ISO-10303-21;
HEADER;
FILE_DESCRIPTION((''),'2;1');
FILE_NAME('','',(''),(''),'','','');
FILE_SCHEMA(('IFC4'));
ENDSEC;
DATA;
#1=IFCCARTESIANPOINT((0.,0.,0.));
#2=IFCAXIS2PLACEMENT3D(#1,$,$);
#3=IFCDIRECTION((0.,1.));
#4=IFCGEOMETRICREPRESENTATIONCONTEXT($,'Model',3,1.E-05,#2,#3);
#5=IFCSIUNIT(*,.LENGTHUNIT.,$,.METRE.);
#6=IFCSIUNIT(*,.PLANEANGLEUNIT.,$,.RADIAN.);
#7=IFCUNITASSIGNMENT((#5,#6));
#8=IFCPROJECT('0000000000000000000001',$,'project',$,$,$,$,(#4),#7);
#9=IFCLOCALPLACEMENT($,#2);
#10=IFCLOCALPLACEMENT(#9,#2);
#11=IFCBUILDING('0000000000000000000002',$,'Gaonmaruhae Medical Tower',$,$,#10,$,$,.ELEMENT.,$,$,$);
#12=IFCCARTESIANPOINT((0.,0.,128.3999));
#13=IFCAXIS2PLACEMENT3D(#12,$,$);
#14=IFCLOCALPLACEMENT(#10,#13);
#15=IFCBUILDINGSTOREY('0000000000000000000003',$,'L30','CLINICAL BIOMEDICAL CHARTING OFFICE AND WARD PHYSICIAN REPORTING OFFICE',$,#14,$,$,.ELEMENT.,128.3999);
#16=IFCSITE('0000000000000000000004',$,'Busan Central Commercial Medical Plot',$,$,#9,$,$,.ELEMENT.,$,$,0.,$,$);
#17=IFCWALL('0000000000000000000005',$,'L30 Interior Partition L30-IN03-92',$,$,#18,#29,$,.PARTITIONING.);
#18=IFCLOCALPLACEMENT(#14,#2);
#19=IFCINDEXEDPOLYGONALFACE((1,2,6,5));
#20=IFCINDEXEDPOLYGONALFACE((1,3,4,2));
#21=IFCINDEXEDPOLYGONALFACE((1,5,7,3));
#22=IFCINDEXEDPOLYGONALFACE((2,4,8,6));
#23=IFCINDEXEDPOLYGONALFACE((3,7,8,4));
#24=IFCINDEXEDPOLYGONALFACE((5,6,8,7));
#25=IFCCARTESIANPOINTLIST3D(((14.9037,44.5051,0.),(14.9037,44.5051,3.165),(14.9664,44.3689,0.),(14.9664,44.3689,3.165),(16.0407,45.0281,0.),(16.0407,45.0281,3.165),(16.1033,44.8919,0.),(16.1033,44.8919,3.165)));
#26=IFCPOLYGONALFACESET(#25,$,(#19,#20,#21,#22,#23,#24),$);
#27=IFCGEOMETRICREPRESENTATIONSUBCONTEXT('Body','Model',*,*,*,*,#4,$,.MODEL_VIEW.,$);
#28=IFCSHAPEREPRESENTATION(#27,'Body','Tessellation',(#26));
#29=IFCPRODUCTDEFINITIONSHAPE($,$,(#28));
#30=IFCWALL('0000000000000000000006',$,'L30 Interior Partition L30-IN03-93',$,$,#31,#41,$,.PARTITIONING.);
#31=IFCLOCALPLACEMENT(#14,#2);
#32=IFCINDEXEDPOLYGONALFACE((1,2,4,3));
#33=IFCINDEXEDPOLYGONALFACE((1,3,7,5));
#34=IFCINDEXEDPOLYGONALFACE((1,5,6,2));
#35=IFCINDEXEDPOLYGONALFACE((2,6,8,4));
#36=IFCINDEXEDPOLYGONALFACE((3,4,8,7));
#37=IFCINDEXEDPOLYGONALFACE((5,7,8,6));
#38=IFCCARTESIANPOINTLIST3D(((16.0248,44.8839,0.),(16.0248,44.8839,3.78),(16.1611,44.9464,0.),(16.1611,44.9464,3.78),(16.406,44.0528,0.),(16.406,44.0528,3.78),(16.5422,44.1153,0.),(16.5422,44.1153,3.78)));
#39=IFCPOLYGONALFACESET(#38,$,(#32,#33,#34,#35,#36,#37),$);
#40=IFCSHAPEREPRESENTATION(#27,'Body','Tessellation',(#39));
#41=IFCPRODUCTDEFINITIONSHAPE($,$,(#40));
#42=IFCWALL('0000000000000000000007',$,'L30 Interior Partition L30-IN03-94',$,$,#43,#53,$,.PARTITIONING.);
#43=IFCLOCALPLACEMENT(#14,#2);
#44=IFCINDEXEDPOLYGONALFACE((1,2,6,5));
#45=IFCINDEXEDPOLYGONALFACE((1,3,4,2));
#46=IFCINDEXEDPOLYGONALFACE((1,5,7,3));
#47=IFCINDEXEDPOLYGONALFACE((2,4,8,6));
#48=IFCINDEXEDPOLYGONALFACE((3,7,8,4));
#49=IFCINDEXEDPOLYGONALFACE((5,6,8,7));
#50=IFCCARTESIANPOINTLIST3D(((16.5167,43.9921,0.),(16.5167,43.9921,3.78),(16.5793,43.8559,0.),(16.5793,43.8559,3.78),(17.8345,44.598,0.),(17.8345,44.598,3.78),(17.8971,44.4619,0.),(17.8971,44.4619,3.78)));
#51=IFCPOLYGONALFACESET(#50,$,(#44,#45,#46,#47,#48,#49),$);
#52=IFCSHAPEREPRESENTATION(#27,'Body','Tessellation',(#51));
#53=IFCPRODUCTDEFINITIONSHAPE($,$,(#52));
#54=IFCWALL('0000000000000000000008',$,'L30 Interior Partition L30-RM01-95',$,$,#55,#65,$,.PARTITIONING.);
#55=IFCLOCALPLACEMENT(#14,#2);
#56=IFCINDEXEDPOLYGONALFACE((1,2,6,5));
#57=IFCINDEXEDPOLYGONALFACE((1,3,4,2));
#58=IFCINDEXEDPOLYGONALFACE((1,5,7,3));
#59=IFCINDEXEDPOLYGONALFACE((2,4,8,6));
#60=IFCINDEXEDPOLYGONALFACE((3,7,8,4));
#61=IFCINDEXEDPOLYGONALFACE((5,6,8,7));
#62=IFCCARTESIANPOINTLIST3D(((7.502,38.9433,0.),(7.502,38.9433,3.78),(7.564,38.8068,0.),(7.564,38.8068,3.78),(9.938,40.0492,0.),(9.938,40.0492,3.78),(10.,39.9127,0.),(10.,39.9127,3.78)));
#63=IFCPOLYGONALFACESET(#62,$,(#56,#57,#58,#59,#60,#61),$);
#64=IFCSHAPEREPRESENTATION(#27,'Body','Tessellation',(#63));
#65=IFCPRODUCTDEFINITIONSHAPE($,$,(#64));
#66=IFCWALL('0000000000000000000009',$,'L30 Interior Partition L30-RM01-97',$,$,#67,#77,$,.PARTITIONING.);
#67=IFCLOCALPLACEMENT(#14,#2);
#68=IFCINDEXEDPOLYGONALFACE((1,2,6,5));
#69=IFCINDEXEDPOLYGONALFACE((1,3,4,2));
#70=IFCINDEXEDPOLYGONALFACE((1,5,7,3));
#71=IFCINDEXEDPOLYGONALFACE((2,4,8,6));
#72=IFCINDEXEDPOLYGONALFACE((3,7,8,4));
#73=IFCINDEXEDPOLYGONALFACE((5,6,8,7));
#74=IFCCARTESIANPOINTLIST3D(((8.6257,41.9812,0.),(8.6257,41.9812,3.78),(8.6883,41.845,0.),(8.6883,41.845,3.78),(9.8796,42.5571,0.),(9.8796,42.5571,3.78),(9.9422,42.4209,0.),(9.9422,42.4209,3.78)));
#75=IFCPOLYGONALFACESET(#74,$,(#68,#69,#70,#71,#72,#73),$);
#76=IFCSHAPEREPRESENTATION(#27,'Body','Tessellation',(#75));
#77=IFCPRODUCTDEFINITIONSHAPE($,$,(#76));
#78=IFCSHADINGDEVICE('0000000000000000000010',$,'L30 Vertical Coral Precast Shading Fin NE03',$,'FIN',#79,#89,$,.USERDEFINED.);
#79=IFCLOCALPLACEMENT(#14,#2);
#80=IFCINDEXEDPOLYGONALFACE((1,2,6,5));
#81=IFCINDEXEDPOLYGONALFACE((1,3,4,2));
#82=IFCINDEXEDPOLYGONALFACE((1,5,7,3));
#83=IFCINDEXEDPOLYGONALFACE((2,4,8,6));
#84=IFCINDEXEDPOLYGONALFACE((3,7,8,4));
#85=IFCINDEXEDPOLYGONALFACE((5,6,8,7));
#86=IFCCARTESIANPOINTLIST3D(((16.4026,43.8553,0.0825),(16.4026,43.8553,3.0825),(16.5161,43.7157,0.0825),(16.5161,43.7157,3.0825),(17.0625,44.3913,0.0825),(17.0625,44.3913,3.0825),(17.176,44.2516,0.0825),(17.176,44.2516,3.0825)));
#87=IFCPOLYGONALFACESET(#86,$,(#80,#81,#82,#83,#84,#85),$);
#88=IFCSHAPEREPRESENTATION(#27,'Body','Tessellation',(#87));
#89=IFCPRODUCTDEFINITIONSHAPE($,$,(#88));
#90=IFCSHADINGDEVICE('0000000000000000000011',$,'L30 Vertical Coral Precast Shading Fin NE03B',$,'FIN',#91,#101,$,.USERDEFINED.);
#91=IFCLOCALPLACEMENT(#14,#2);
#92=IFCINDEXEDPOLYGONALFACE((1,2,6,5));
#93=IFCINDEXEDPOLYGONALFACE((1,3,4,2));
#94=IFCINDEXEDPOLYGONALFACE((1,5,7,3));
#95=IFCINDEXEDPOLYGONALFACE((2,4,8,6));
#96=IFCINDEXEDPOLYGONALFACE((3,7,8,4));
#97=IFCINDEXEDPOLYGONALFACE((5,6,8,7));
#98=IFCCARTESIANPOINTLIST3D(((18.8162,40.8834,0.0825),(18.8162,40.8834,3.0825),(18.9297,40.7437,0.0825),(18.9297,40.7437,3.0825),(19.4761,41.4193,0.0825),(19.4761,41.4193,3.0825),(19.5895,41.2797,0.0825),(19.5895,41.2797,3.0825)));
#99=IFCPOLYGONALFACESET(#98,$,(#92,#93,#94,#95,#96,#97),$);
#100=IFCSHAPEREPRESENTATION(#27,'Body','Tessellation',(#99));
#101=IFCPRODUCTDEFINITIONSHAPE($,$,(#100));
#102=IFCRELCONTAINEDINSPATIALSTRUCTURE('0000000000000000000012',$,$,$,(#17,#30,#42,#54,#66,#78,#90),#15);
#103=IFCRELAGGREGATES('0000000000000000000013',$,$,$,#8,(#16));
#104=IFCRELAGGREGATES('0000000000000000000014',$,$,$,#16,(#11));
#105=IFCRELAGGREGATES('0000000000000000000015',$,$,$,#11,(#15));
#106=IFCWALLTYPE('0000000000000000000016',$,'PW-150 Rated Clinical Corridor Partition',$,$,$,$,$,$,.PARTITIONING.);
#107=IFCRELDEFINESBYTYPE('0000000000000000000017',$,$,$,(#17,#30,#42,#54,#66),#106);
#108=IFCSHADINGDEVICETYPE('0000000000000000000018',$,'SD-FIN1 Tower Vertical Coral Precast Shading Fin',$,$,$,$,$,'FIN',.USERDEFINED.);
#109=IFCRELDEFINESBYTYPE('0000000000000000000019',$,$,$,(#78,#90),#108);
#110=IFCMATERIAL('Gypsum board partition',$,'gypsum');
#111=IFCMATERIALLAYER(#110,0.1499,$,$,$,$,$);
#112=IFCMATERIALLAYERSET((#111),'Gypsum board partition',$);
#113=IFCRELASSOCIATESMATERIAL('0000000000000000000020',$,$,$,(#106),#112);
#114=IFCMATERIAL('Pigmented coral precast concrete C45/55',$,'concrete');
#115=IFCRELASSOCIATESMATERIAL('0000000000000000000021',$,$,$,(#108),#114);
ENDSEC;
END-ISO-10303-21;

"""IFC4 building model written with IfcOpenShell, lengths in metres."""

from ifc_helpers import new_model, si_unit, direction, frame, frame_2d, origin, origin_2d, place, context, subcontext, project, spatial, rectangle, extrude, material, layer, layer_set, type_object, element, save


model = new_model("IFC4")

# Units and contexts
model_context = context("Model", 3, precision=1e-05, world=origin(), true_north=direction((0.0, 1.0)))
body_context = subcontext(model_context, "Body", "Model", "MODEL_VIEW")
ifc_project = project(units=[si_unit("LENGTHUNIT", "METRE"), si_unit("PLANEANGLEUNIT", "RADIAN")], contexts=[model_context])

# Site, building, storey
site_placement = place(None, origin())
site = spatial("IfcSite", under=ifc_project, at=site_placement, Name="Busan Central Commercial Medical Plot", CompositionType="ELEMENT", RefElevation=0.0)
building_placement = place(site_placement, origin())
building = spatial("IfcBuilding", under=site, at=building_placement, Name="Gaonmaruhae Medical Tower", CompositionType="ELEMENT")
storey_placement = place(building_placement, frame((0.0, 0.0, 128.3999)))
storey = spatial("IfcBuildingStorey", under=building, at=storey_placement, Name="L30", Description="CLINICAL BIOMEDICAL CHARTING OFFICE AND WARD PHYSICIAN REPORTING OFFICE", CompositionType="ELEMENT", Elevation=128.3999)

# Shared definitions
ifc_material_1 = material(Name="Gypsum board partition", Category="gypsum")
ifc_layer_1 = layer(ifc_material_1, 0.1499)
ifc_layer_set_1 = layer_set([ifc_layer_1], Name="Gypsum board partition")
wall_type_1 = type_object("IfcWallType", Name="PW-150 Rated Clinical Corridor Partition", PredefinedType="PARTITIONING", material=ifc_layer_set_1)

# Walls
wall_1_placement = place(storey_placement, frame((14.9351, 44.437, 0.0), z_axis=(0.0, 0.0, 1.0), x_axis=(0.908507, 0.41787, 0.0)))
element("IfcWall", 1, at=wall_1_placement, inside=storey, type_object=wall_type_1, Name="L30 Interior Partition L30-IN03-92", PredefinedType="PARTITIONING", context=body_context, shape_type="SweptSolid", body=[
    extrude(rectangle(XDim=1.2515, YDim=0.1499, at=frame_2d((0.6257, 0.0))), origin(), (0.0, 0.0, 1.0), 3.165),
])
wall_2_placement = place(storey_placement, frame((16.093, 44.915, 0.0), z_axis=(0.0, 0.0, 1.0), x_axis=(0.416839, -0.908981, 0.0)))
element("IfcWall", 2, at=wall_2_placement, inside=storey, type_object=wall_type_1, Name="L30 Interior Partition L30-IN03-93", PredefinedType="PARTITIONING", context=body_context, shape_type="SweptSolid", body=[
    extrude(rectangle(XDim=0.9143, YDim=0.1499, at=frame_2d((0.457, 0.0))), origin(), (0.0, 0.0, 1.0), 3.78),
])
wall_3_placement = place(storey_placement, frame((16.5481, 43.9241, 0.0), z_axis=(0.0, 0.0, 1.0), x_axis=(0.908559, 0.417756, 0.0)))
element("IfcWall", 3, at=wall_3_placement, inside=storey, type_object=wall_type_1, Name="L30 Interior Partition L30-IN03-94", PredefinedType="PARTITIONING", context=body_context, shape_type="SweptSolid", body=[
    extrude(rectangle(XDim=1.4504, YDim=0.1499, at=frame_2d((0.7251, 0.0))), origin(), (0.0, 0.0, 1.0), 3.78),
])
wall_4_placement = place(storey_placement, frame((9.969, 39.981, 0.0), z_axis=(0.0, 0.0, 1.0), x_axis=(-0.910554, -0.41339, 0.0)))
element("IfcWall", 4, at=wall_4_placement, inside=storey, type_object=wall_type_1, Name="L30 Interior Partition L30-RM01-95", PredefinedType="PARTITIONING", context=body_context, shape_type="SweptSolid", body=[
    extrude(rectangle(XDim=2.6753, YDim=0.1499, at=frame_2d((1.3376, 0.0))), origin(), (0.0, 0.0, 1.0), 3.78),
])
wall_5_placement = place(storey_placement, frame((8.657, 41.9131, 0.0), z_axis=(0.0, 0.0, 1.0), x_axis=(0.908729, 0.417386, 0.0)))
element("IfcWall", 5, at=wall_5_placement, inside=storey, type_object=wall_type_1, Name="L30 Interior Partition L30-RM01-97", PredefinedType="PARTITIONING", context=body_context, shape_type="SweptSolid", body=[
    extrude(rectangle(XDim=1.3799, YDim=0.1499, at=frame_2d((0.6899, 0.0))), origin(), (0.0, 0.0, 1.0), 3.78),
])

# Shading devices
ifc_material_2 = material(Name="Pigmented coral precast concrete C45/55", Category="concrete")
shading_device_type = type_object("IfcShadingDeviceType", Name="SD-FIN1 Tower Vertical Coral Precast Shading Fin", ElementType="FIN", PredefinedType="USERDEFINED", material=ifc_material_2)
for number, where, z_axis, x_axis, name in (
    (6, (16.7893, 44.0535, 0.0825), (0.0, 0.0, 1.0), (0.630432, -0.776245, 0.0), "L30 Vertical Coral Precast Shading Fin NE03"),
    (7, (19.2029, 41.0815, 0.0825), (0.0, 0.0, 1.0), (0.630432, -0.776245, 0.0), "L30 Vertical Coral Precast Shading Fin NE03B"),
):
    element("IfcShadingDevice", number, at=place(storey_placement, frame(where, z_axis=z_axis, x_axis=x_axis)), inside=storey, type_object=shading_device_type, Name=name, ObjectType="FIN", PredefinedType="USERDEFINED", context=body_context, shape_type="SweptSolid", body=[
        extrude(rectangle(XDim=0.1799, YDim=0.8501, at=origin_2d()), origin(), (0.0, 0.0, 1.0), 3.0),
    ])

save(model, "model.ifc")
